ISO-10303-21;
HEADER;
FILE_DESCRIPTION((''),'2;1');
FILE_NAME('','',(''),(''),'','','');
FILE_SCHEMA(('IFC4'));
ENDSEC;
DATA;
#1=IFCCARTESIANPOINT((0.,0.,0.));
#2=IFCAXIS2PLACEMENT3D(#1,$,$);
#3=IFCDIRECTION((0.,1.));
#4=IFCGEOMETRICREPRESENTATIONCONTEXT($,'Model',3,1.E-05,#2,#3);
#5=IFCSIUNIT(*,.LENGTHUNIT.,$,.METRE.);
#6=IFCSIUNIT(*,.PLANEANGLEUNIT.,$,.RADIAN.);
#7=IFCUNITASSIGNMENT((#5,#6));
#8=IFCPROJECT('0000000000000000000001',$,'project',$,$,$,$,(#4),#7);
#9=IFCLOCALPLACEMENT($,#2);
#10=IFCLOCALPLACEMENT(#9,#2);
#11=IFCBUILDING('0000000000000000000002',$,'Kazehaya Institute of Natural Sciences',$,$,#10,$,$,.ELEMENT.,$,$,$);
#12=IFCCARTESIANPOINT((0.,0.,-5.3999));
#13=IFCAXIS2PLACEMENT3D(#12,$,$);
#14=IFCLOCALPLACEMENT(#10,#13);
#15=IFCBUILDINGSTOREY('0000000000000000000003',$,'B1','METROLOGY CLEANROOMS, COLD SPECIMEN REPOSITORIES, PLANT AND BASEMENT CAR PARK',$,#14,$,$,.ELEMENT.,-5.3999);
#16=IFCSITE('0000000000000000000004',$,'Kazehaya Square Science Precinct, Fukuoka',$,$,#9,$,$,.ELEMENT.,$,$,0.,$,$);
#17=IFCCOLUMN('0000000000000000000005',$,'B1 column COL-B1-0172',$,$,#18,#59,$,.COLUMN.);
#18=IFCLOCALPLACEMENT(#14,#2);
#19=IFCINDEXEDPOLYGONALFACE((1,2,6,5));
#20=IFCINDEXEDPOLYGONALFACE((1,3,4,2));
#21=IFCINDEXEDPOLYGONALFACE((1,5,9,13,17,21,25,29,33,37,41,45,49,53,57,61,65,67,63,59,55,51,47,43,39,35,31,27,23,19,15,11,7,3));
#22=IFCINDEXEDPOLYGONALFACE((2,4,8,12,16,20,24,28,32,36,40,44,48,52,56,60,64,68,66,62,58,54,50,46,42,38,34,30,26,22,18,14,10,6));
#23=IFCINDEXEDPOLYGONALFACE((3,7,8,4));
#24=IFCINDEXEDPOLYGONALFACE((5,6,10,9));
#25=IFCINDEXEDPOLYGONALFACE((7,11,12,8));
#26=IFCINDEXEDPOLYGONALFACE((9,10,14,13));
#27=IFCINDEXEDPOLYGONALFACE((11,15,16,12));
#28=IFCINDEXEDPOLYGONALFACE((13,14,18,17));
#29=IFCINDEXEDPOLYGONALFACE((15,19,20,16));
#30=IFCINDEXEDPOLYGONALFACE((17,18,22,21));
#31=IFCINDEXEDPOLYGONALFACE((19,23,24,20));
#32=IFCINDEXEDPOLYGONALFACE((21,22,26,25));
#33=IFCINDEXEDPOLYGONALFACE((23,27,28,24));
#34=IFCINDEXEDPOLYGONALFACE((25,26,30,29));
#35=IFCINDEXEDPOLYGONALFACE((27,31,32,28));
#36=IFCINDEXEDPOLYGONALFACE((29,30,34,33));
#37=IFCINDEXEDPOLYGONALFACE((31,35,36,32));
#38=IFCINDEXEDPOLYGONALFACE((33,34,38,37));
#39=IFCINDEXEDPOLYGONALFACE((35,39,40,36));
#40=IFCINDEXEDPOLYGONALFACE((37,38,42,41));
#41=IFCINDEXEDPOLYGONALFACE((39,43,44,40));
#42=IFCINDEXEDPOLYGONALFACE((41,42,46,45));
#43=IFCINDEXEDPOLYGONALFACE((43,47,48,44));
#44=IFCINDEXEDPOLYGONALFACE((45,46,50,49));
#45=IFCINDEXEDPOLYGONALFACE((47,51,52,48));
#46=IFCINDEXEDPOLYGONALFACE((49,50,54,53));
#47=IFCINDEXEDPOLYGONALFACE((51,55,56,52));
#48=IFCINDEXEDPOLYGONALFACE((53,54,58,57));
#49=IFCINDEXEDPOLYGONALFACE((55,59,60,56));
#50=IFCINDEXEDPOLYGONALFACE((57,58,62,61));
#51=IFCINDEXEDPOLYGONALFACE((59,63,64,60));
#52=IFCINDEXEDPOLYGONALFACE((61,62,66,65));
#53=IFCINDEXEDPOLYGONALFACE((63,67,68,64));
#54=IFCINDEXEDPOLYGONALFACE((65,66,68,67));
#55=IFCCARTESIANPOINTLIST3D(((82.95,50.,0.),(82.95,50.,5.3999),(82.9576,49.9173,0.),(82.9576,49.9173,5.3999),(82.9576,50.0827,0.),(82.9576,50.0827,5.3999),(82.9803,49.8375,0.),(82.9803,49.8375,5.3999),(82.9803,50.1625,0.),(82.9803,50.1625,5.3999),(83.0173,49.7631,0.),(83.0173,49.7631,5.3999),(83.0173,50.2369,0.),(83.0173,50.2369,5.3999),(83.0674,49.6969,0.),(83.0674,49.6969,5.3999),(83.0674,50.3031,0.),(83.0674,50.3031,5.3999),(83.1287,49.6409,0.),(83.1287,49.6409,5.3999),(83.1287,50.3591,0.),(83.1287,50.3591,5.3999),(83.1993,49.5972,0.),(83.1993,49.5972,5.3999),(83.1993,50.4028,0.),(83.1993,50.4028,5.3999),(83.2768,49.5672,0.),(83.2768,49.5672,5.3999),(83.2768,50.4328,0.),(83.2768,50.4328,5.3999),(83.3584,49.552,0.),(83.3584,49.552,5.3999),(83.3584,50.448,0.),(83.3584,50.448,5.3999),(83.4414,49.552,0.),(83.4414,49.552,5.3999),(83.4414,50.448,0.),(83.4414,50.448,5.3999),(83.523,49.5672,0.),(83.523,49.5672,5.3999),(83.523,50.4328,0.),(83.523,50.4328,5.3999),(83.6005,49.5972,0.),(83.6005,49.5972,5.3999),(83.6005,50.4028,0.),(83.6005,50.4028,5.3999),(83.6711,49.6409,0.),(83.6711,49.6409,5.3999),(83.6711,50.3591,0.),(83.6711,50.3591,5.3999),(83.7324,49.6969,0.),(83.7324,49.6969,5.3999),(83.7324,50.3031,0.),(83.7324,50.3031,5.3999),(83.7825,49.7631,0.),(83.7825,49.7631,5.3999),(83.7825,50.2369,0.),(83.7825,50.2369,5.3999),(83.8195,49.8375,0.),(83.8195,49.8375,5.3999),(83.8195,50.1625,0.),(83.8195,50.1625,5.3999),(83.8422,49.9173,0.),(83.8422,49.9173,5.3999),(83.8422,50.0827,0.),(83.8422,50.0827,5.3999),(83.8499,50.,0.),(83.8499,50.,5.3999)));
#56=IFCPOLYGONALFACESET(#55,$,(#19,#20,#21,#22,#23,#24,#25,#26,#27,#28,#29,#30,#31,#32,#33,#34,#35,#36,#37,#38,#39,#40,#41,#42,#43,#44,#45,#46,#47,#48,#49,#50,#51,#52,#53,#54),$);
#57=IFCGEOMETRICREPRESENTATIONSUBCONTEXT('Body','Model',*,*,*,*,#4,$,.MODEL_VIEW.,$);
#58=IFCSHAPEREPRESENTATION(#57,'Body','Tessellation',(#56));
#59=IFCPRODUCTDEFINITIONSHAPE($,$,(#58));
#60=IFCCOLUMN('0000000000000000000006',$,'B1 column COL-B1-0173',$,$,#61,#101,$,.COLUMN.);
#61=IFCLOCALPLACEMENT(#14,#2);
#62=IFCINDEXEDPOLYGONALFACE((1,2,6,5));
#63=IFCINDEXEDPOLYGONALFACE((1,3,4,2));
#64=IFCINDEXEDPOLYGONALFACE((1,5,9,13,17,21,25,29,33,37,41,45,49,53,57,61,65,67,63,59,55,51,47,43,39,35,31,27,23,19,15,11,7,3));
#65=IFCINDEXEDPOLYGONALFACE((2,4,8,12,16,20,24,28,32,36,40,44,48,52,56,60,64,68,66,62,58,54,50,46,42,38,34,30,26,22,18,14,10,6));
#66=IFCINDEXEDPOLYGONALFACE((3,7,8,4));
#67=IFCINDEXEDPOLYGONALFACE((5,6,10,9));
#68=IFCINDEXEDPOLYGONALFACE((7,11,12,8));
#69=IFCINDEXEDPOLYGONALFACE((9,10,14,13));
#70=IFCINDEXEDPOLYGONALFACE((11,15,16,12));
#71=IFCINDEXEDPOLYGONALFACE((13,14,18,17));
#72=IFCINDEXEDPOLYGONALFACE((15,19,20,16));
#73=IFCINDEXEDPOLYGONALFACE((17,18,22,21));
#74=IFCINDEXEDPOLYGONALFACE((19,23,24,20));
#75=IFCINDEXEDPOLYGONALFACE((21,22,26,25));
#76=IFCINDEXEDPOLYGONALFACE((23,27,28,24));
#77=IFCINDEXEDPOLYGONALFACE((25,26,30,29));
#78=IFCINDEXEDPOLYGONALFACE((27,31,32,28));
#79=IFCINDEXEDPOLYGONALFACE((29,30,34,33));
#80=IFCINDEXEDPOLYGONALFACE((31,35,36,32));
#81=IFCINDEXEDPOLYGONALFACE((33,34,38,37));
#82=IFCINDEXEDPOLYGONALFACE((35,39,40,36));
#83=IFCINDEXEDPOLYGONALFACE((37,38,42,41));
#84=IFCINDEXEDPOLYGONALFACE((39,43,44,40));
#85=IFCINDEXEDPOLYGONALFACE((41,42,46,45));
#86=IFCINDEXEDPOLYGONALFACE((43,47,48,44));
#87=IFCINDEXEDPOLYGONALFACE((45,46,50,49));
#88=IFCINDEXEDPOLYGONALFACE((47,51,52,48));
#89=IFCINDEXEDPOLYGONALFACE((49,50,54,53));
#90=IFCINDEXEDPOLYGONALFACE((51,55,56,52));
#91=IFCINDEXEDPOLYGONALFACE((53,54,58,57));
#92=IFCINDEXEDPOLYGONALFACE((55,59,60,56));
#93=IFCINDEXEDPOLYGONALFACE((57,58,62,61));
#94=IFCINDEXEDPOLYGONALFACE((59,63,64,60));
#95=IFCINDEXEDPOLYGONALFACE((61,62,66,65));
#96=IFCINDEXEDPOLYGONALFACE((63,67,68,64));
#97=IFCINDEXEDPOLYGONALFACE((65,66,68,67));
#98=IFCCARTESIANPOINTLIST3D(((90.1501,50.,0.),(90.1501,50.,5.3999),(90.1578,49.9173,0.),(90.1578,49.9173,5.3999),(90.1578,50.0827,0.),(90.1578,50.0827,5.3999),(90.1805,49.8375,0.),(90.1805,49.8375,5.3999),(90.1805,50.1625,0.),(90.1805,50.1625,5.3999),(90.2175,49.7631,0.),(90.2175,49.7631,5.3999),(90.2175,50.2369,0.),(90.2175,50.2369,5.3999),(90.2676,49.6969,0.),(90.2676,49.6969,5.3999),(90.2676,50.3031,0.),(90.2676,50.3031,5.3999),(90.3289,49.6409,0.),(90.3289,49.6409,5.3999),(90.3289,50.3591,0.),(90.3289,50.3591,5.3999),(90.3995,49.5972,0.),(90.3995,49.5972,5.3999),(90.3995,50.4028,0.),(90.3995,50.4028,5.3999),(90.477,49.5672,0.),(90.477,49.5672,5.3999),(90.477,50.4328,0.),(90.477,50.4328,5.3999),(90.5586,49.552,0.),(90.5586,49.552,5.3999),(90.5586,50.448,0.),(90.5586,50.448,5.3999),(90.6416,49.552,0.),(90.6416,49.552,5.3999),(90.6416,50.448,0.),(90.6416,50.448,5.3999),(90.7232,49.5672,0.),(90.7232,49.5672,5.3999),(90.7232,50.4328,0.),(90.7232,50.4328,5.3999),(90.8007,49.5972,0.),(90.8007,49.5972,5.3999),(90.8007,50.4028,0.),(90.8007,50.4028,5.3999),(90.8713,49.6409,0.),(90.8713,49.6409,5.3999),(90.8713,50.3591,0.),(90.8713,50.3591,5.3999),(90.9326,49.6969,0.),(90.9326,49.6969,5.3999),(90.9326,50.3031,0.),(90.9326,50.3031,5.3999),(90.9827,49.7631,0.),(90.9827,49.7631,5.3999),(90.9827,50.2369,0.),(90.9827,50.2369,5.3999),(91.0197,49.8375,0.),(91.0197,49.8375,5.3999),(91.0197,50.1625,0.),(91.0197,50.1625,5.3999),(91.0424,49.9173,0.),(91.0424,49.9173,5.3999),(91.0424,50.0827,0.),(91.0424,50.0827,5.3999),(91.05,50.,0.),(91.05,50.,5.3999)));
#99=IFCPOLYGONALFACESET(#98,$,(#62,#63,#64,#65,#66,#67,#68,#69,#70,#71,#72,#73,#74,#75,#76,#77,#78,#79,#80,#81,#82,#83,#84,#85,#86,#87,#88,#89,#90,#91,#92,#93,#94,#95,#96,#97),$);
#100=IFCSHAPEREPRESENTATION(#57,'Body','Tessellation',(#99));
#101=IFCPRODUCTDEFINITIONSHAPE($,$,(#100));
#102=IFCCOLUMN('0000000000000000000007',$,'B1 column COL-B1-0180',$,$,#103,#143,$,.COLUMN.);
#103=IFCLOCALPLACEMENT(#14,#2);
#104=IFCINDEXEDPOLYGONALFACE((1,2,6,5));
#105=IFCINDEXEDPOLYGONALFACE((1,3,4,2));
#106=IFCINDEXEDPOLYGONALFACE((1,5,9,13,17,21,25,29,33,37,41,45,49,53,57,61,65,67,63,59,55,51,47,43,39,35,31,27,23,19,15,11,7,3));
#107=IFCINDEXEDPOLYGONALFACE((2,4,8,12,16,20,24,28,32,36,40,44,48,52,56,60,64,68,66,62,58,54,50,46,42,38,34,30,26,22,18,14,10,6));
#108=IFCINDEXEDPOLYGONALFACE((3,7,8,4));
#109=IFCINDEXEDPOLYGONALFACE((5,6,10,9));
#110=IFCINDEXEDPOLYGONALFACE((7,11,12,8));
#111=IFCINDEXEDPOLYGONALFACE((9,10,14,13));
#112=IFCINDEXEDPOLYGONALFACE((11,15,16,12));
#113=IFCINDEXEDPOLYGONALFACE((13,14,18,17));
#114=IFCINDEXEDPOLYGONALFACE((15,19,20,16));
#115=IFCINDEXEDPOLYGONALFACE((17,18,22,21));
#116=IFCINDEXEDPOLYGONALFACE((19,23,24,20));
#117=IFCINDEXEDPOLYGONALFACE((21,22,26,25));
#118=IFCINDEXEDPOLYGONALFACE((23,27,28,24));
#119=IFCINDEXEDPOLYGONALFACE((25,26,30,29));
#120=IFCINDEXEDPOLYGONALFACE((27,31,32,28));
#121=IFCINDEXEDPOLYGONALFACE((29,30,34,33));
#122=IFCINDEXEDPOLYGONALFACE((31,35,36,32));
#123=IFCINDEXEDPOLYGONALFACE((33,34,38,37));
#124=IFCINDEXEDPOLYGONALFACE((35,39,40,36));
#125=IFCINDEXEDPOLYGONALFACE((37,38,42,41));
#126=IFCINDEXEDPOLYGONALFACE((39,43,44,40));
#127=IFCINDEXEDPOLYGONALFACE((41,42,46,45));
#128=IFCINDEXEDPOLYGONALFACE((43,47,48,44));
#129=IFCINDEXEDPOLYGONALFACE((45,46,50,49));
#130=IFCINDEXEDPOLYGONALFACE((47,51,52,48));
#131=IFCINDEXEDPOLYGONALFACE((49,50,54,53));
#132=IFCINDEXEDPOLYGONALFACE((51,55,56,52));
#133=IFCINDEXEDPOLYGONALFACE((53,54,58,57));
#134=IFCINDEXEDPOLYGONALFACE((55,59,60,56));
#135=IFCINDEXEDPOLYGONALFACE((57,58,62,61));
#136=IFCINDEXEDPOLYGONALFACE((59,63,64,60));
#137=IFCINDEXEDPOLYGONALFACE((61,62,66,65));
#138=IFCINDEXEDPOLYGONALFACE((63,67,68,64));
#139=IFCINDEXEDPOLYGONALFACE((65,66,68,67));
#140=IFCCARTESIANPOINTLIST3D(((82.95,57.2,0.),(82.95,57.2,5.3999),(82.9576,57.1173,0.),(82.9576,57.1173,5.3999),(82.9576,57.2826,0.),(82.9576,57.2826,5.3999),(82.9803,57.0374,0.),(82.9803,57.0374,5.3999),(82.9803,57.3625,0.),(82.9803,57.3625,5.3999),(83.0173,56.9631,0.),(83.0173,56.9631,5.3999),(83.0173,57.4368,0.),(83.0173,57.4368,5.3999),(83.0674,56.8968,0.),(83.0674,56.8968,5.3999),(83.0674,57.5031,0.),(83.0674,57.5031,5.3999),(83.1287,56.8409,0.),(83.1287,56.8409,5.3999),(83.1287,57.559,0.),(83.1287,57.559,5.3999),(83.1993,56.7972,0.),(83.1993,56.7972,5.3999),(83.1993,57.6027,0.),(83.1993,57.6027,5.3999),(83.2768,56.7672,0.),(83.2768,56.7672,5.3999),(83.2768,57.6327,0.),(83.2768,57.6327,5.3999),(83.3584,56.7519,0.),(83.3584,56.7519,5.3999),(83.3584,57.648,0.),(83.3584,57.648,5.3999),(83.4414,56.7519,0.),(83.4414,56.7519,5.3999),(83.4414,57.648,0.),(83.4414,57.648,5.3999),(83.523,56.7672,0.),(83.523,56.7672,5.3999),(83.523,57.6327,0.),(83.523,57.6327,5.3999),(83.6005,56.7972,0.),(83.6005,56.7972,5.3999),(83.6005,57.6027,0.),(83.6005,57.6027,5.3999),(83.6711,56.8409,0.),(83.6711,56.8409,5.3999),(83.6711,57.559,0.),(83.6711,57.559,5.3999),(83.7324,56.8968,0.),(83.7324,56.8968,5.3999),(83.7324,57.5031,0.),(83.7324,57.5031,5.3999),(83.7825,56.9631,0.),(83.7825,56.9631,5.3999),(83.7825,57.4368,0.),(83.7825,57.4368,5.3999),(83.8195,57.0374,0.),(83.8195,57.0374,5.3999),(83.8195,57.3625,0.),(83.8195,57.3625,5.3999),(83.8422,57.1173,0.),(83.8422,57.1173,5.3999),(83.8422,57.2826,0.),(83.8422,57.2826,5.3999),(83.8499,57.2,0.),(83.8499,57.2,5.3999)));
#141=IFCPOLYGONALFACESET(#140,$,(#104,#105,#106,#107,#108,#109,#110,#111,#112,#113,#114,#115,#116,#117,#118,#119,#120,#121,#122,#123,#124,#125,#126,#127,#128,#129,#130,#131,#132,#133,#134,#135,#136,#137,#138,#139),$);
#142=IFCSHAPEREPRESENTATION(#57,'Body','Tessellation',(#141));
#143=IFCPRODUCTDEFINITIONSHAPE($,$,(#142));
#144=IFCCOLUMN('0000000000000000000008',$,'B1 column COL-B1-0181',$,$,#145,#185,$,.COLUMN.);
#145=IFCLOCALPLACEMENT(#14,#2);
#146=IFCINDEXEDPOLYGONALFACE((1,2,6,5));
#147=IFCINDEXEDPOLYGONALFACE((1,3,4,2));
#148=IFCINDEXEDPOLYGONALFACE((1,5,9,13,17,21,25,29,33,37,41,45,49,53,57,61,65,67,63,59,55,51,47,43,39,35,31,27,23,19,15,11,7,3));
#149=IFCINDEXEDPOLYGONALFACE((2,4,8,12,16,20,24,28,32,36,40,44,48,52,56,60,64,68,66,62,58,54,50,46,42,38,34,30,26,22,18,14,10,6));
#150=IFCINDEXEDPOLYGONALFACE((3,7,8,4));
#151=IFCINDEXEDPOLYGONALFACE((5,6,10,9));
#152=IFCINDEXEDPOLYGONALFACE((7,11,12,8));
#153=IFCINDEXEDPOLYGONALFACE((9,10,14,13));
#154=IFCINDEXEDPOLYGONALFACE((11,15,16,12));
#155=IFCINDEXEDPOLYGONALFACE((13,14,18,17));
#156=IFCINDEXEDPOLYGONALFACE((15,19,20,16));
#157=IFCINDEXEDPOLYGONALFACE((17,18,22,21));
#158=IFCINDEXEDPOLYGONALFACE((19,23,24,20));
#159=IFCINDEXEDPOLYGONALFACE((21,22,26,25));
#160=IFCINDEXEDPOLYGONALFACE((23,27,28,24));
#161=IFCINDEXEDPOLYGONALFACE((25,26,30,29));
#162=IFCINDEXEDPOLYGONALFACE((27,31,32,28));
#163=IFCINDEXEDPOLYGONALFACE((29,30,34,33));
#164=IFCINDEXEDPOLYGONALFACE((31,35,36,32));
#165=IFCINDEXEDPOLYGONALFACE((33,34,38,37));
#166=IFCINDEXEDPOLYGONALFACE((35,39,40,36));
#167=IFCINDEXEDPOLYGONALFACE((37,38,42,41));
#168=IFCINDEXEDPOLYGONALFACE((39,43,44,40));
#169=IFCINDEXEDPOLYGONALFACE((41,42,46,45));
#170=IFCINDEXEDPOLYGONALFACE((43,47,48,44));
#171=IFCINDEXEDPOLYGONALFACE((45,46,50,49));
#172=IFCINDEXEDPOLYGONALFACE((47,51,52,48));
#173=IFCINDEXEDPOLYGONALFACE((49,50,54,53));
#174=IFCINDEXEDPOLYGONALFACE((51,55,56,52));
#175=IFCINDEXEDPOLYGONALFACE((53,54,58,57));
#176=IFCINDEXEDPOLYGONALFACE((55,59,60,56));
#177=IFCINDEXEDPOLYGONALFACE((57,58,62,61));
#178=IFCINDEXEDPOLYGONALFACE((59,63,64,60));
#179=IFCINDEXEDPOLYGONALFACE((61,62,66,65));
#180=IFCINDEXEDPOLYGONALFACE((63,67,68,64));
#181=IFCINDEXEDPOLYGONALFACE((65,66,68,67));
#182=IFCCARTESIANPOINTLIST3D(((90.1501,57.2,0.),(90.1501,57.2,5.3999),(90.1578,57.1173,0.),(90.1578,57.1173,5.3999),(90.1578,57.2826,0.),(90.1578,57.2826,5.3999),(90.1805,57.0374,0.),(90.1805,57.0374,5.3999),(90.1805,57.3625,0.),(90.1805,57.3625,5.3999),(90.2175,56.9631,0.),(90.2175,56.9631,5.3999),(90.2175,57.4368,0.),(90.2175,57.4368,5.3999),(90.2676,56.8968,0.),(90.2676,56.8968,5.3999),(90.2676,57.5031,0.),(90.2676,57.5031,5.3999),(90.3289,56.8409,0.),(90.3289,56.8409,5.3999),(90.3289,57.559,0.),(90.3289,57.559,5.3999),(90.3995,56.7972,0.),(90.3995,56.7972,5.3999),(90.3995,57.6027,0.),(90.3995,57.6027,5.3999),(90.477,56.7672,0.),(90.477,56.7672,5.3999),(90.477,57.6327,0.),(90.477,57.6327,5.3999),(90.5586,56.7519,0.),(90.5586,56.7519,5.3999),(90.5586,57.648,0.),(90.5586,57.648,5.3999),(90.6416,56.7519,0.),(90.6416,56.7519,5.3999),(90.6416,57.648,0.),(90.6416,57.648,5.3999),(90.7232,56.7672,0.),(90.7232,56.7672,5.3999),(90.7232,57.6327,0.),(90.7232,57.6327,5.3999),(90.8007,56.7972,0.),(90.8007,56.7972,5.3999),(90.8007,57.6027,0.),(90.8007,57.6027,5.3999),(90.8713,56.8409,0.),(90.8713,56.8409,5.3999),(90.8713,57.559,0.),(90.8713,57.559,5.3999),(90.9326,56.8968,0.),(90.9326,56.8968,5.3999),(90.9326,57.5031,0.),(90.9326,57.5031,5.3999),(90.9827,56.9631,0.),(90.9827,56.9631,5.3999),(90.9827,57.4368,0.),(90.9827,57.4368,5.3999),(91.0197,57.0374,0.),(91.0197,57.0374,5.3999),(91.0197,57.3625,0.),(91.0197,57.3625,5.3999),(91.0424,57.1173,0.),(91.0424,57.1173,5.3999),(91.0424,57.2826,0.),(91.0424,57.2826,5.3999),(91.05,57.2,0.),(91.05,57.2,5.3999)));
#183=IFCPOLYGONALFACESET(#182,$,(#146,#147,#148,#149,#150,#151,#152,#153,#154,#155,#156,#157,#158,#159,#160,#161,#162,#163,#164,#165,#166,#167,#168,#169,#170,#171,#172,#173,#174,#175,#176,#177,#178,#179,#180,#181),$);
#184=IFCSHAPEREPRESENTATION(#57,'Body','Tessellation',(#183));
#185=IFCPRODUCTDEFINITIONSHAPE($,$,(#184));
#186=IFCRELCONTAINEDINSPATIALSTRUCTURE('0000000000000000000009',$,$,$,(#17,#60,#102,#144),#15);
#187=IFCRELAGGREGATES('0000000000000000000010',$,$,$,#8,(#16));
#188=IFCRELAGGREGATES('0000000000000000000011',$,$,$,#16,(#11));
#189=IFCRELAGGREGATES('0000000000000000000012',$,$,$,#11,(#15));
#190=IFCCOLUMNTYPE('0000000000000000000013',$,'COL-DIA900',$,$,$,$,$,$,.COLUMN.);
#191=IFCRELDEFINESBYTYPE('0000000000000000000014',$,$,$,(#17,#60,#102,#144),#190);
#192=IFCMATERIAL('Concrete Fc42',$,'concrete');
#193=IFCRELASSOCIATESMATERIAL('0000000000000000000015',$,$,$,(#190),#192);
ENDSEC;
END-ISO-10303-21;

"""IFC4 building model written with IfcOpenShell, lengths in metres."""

from ifc_helpers import new_model, si_unit, direction, frame, origin, origin_2d, place, context, subcontext, project, spatial, circle, extrude, material, material_profile, profile_set, type_object, element, save


model = new_model("IFC4")

# Units and contexts
model_context = context("Model", 3, precision=1e-05, world=origin(), true_north=direction((0.0, 1.0)))
body_context = subcontext(model_context, "Body", "Model", "MODEL_VIEW")
ifc_project = project(units=[si_unit("LENGTHUNIT", "METRE"), si_unit("PLANEANGLEUNIT", "RADIAN")], contexts=[model_context])

# Site, building, storey
site_placement = place(None, origin())
site = spatial("IfcSite", under=ifc_project, at=site_placement, Name="Kazehaya Square Science Precinct, Fukuoka", CompositionType="ELEMENT", RefElevation=0.0)
building_placement = place(site_placement, origin())
building = spatial("IfcBuilding", under=site, at=building_placement, Name="Kazehaya Institute of Natural Sciences", CompositionType="ELEMENT")
storey_placement = place(building_placement, frame((0.0, 0.0, -5.3999)))
storey = spatial("IfcBuildingStorey", under=building, at=storey_placement, Name="B1", Description="METROLOGY CLEANROOMS, COLD SPECIMEN REPOSITORIES, PLANT AND BASEMENT CAR PARK", CompositionType="ELEMENT", Elevation=-5.3999)

# Columns
ifc_material_1 = material(Name="Concrete Fc42", Category="concrete")
ifc_material_profile_1 = material_profile(ifc_material_1, circle(Radius=0.45, at=origin_2d()), Name="RC-DIA900")
ifc_profile_set_1 = profile_set([ifc_material_profile_1], Name="Concrete Fc42")
column_type = type_object("IfcColumnType", Name="COL-DIA900", PredefinedType="COLUMN", material=ifc_profile_set_1)
for number, where, z_axis, x_axis, name in (
    (1, (83.3999, 50.0, 0.0), (0.0, 0.0, 1.0), (1.0, 0.0, 0.0), "B1 column COL-B1-0172"),
    (2, (90.6001, 50.0, 0.0), (0.0, 0.0, 1.0), (1.0, 0.0, 0.0), "B1 column COL-B1-0173"),
    (3, (83.3999, 57.2, 0.0), (0.0, 0.0, 1.0), (1.0, 0.0, 0.0), "B1 column COL-B1-0180"),
    (4, (90.6001, 57.2, 0.0), (0.0, 0.0, 1.0), (1.0, 0.0, 0.0), "B1 column COL-B1-0181"),
):
    element("IfcColumn", number, at=place(storey_placement, frame(where, z_axis=z_axis, x_axis=x_axis)), inside=storey, type_object=column_type, Name=name, PredefinedType="COLUMN", context=body_context, shape_type="SweptSolid", body=[
        extrude(circle(Radius=0.45, at=origin_2d()), origin(), (0.0, 0.0, 1.0), 5.3999),
    ])

save(model, "model.ifc")
